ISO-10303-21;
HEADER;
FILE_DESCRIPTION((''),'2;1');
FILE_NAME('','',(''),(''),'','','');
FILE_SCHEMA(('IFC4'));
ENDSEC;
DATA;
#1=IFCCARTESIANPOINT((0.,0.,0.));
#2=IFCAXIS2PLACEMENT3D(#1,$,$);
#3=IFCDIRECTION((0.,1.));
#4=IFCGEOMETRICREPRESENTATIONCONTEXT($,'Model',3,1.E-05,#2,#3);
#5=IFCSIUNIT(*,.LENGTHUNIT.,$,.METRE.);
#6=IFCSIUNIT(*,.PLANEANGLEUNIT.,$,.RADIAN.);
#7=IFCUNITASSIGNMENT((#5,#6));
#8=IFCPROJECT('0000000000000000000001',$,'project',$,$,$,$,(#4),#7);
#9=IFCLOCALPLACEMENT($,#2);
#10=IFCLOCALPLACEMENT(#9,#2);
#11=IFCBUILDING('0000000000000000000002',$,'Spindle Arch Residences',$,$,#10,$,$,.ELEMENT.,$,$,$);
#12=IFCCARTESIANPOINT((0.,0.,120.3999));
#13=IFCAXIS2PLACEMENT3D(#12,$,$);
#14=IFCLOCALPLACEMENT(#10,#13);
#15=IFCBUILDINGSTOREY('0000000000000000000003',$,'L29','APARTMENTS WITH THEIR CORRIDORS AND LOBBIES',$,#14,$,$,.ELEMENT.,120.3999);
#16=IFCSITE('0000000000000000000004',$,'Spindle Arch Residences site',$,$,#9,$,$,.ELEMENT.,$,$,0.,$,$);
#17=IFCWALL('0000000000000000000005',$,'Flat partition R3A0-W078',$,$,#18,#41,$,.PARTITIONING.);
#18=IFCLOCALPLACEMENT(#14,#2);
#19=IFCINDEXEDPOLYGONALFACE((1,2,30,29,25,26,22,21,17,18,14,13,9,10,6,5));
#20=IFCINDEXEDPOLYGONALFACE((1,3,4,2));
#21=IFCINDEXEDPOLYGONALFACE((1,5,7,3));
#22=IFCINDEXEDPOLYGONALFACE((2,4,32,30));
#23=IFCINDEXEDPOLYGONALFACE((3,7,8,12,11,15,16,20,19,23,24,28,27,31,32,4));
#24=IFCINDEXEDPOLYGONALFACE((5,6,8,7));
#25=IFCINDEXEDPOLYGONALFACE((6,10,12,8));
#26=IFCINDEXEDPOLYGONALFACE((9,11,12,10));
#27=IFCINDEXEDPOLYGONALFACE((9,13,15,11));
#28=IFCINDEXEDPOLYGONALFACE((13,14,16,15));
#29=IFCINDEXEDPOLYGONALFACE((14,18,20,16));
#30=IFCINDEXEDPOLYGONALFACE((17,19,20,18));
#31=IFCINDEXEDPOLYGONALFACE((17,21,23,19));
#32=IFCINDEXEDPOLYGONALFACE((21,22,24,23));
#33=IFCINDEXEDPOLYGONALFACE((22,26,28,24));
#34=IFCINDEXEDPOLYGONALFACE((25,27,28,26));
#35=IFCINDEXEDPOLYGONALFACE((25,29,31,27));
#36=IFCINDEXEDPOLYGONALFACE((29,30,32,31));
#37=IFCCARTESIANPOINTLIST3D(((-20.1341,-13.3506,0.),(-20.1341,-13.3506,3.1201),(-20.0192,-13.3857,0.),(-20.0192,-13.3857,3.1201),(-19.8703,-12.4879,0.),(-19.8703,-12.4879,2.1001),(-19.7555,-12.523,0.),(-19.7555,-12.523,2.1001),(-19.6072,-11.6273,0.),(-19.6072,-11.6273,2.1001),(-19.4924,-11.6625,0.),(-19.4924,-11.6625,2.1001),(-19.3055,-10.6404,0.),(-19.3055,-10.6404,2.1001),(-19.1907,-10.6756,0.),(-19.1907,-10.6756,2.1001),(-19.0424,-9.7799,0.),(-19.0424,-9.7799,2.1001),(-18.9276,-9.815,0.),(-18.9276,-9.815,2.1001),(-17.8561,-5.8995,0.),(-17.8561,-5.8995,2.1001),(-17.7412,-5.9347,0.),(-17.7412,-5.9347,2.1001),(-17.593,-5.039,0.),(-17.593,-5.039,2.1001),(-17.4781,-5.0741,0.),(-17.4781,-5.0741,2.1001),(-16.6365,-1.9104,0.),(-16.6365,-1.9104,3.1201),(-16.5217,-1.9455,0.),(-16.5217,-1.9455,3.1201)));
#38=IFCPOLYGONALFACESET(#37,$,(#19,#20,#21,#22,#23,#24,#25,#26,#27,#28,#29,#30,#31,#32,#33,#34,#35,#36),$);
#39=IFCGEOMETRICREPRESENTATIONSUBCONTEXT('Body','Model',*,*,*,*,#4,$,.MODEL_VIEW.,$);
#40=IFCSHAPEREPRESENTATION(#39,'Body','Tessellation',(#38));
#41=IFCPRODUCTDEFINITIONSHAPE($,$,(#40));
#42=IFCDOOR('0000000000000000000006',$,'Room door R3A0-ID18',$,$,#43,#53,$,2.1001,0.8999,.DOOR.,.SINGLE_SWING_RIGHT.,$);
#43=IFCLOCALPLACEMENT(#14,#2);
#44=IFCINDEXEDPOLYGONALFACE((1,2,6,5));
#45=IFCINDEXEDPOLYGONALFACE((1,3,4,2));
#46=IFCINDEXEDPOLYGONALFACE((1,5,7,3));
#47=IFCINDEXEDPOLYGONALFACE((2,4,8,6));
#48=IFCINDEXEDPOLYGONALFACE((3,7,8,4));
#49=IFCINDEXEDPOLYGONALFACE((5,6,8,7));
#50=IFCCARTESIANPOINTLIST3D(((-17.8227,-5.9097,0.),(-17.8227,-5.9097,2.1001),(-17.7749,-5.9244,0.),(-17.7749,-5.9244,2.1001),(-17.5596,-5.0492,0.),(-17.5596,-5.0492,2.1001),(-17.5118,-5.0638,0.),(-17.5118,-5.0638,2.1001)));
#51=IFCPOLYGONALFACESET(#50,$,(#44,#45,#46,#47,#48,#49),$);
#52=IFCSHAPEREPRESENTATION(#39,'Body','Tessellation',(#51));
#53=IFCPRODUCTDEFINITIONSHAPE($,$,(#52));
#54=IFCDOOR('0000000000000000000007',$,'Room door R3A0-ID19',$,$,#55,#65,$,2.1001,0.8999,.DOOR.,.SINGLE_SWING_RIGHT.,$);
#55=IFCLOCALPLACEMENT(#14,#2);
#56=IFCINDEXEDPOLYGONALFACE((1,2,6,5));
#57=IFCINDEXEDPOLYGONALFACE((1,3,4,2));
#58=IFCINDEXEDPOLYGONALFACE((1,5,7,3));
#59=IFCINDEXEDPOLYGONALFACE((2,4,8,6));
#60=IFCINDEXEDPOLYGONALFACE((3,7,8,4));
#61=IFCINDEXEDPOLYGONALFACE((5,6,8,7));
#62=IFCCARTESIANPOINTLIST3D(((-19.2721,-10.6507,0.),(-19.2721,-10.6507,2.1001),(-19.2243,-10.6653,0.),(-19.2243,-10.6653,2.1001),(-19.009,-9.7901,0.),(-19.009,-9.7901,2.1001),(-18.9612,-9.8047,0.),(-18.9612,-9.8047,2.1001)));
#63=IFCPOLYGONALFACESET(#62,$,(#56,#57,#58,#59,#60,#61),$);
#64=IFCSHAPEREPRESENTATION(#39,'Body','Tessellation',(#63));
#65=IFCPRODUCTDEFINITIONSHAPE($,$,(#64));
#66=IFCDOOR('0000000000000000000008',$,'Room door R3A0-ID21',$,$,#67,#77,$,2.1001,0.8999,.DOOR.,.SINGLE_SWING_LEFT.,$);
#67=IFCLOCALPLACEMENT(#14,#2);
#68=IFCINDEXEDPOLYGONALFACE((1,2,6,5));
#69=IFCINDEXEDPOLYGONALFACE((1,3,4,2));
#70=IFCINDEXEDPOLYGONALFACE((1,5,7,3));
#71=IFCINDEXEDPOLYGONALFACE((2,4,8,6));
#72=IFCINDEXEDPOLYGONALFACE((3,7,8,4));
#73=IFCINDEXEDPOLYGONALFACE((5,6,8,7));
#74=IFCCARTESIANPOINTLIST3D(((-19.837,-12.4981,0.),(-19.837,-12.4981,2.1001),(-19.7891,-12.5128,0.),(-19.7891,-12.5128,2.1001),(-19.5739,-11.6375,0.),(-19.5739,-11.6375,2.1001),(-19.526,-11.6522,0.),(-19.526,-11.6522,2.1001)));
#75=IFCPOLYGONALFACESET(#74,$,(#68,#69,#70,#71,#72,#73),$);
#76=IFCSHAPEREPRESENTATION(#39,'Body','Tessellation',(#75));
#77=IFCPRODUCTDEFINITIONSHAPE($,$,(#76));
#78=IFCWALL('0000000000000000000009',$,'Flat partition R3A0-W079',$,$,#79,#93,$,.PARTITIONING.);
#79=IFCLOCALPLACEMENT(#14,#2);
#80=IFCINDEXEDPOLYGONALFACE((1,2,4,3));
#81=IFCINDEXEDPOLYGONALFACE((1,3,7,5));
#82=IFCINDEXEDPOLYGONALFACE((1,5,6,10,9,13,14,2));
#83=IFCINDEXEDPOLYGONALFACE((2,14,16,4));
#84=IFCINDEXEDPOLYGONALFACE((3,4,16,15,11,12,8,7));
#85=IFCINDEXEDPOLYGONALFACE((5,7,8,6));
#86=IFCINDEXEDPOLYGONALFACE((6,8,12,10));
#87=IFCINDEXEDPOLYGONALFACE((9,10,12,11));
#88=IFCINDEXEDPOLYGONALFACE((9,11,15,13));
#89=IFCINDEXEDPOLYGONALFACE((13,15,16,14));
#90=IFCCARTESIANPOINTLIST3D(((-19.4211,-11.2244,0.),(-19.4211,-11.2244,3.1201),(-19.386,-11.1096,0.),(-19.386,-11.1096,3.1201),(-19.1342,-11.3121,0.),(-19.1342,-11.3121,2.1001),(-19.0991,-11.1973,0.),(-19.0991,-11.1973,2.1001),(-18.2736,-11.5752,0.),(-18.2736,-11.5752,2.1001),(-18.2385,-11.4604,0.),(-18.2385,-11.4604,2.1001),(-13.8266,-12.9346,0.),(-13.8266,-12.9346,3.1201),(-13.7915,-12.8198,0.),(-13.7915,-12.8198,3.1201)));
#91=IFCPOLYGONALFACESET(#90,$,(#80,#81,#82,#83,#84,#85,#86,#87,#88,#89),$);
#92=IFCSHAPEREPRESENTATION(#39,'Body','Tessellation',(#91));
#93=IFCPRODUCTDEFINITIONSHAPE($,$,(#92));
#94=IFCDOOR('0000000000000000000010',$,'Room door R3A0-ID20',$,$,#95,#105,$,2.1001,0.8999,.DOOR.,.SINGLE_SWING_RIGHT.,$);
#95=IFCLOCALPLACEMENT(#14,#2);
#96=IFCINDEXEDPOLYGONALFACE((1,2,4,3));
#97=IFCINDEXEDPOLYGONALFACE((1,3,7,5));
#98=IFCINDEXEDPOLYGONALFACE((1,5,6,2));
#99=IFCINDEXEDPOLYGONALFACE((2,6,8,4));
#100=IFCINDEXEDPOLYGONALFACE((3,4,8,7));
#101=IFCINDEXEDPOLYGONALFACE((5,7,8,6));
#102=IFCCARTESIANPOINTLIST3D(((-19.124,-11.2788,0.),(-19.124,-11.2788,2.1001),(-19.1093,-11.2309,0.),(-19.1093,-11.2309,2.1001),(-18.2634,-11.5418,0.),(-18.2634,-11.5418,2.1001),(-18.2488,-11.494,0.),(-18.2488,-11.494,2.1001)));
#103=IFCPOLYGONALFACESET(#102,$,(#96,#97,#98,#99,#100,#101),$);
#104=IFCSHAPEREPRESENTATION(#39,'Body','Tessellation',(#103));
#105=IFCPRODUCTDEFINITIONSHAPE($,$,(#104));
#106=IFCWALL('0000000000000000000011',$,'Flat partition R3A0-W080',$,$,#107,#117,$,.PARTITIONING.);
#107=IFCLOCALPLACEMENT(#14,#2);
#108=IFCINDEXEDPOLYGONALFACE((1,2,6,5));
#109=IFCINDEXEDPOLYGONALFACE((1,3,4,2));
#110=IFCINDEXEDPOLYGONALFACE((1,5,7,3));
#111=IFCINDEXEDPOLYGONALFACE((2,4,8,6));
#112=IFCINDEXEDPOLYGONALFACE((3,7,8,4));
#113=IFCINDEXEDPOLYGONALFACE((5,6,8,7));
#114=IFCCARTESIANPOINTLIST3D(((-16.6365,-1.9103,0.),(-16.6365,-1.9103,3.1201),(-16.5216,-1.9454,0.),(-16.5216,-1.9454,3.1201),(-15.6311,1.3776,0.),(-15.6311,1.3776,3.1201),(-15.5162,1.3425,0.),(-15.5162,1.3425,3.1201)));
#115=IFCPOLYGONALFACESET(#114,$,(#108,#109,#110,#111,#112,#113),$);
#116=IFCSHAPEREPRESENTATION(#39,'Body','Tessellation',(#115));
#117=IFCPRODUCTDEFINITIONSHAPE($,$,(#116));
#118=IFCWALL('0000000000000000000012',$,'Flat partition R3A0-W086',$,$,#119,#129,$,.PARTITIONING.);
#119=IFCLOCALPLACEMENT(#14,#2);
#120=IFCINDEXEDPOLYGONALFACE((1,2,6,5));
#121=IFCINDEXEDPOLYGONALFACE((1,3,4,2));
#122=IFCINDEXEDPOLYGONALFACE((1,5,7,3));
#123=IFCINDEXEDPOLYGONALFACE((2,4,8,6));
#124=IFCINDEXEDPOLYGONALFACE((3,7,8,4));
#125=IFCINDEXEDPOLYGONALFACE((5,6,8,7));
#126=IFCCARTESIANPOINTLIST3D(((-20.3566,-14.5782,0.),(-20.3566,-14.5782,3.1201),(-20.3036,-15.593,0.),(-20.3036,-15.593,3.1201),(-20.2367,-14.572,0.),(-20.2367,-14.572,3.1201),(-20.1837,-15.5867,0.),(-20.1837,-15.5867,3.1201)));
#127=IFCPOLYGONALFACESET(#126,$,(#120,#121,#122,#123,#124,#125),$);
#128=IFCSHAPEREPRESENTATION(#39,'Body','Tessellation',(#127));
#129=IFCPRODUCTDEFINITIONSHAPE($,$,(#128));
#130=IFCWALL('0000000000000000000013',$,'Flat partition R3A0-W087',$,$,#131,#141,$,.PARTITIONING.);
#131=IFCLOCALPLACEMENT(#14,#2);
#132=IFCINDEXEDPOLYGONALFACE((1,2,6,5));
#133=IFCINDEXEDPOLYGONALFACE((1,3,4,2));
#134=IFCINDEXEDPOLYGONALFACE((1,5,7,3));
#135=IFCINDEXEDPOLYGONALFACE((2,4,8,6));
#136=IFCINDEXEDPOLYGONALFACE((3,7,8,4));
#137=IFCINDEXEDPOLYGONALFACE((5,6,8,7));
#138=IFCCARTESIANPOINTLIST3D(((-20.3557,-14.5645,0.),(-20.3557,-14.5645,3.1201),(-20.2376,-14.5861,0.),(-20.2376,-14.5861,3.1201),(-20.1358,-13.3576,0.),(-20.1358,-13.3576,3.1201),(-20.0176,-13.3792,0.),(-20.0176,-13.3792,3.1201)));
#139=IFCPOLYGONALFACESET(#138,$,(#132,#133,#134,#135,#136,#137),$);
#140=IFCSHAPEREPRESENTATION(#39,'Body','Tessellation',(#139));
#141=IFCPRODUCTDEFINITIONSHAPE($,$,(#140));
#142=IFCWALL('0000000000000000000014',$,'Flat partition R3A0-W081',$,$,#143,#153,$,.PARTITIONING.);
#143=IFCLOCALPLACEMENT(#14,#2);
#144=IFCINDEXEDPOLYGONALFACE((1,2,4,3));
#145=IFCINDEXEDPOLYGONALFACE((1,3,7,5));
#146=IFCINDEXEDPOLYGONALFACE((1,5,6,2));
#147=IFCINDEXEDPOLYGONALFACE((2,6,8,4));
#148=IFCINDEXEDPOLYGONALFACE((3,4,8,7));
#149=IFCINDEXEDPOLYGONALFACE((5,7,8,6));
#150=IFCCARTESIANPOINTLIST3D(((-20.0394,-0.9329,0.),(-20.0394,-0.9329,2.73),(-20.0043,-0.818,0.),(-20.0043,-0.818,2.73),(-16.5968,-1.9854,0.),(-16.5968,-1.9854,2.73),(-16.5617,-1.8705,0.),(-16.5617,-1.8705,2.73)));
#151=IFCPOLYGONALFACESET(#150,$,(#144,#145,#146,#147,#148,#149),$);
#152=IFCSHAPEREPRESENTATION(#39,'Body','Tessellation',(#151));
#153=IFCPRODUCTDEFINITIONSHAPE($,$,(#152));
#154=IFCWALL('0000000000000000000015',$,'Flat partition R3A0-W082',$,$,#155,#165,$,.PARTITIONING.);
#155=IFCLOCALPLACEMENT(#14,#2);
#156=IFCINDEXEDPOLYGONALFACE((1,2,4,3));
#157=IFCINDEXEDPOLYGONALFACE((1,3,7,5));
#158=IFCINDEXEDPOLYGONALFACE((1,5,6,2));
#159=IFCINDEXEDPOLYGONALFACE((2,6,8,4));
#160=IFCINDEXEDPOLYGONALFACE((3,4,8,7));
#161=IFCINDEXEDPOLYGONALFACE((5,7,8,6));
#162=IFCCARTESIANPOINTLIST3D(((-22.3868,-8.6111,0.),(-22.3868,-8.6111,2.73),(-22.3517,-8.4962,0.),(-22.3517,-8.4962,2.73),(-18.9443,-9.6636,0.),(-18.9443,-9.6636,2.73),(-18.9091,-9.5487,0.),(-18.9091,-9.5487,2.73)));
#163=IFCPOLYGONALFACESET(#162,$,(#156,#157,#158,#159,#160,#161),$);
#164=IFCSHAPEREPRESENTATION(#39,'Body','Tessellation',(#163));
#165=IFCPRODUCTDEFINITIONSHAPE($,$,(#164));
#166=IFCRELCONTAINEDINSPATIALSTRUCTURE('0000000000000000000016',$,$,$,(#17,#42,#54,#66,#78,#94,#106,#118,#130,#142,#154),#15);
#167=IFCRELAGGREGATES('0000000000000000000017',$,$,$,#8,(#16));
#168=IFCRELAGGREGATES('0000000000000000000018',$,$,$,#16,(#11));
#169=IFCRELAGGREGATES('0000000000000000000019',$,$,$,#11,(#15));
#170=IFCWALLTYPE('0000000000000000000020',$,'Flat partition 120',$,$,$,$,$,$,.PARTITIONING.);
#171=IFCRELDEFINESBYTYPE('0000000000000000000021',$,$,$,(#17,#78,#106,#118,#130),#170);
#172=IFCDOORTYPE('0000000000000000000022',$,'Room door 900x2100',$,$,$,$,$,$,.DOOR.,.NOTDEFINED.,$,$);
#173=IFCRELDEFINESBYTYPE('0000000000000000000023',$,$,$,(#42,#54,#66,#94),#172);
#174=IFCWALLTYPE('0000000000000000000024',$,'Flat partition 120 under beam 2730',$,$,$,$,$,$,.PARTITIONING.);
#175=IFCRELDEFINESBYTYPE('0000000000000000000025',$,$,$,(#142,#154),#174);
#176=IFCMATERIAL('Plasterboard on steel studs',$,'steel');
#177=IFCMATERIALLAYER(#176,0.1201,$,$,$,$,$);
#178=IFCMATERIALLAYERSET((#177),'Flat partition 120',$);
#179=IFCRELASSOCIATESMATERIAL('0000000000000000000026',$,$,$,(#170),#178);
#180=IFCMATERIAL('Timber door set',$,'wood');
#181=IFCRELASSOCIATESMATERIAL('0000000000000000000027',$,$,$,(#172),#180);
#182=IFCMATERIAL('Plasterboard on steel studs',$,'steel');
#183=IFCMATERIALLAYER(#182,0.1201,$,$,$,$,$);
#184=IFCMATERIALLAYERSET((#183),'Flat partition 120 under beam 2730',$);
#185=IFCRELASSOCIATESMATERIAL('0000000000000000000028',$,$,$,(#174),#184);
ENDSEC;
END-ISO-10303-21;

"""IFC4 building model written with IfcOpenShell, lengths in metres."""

from ifc_helpers import new_model, si_unit, direction, frame, frame_2d, origin, place, context, subcontext, project, spatial, rectangle, extrude, material, layer, layer_set, type_object, element, fill, save


model = new_model("IFC4")

# Units and contexts
model_context = context("Model", 3, precision=1e-05, world=origin(), true_north=direction((0.0, 1.0)))
body_context = subcontext(model_context, "Body", "Model", "MODEL_VIEW")
ifc_project = project(units=[si_unit("LENGTHUNIT", "METRE"), si_unit("PLANEANGLEUNIT", "RADIAN")], contexts=[model_context])

# Site, building, storey
site_placement = place(None, origin())
site = spatial("IfcSite", under=ifc_project, at=site_placement, Name="Spindle Arch Residences site", CompositionType="ELEMENT", RefElevation=0.0)
building_placement = place(site_placement, origin())
building = spatial("IfcBuilding", under=site, at=building_placement, Name="Spindle Arch Residences", CompositionType="ELEMENT")
storey_placement = place(building_placement, frame((0.0, 0.0, 120.3999)))
storey = spatial("IfcBuildingStorey", under=building, at=storey_placement, Name="L29", Description="APARTMENTS WITH THEIR CORRIDORS AND LOBBIES", CompositionType="ELEMENT", Elevation=120.3999)

# Wall, openings, doors
ifc_material_1 = material(Name="Plasterboard on steel studs", Category="steel")
ifc_layer_1 = layer(ifc_material_1, 0.1201)
ifc_layer_set_1 = layer_set([ifc_layer_1], Name="Flat partition 120")
wall_type_1 = type_object("IfcWallType", Name="Flat partition 120", PredefinedType="PARTITIONING", material=ifc_layer_set_1)
wall_1_placement = place(storey_placement, frame((-16.5791, -1.928, 0.0), z_axis=(0.0, 0.0, 1.0), x_axis=(-0.292367, -0.956306, 0.0)))
wall_1 = element("IfcWall", 1, at=wall_1_placement, inside=storey, type_object=wall_type_1, Name="Flat partition R3A0-W078", PredefinedType="PARTITIONING", context=body_context, shape_type="SweptSolid", body=[
    extrude(rectangle(XDim=11.9629, YDim=0.1201, at=frame_2d((5.9814, 0.0))), origin(), (0.0, 0.0, 1.0), 3.1201),
])
opening_1_placement = place(wall_1_placement, frame((3.2715, 0.0, 0.0)))
opening_1 = element("IfcOpeningElement", 2, at=opening_1_placement, cuts=wall_1, PredefinedType="OPENING", context=body_context, shape_type="SweptSolid", body=[
    extrude(rectangle(XDim=0.8999, YDim=2.1001, at=frame_2d((0.45, 1.05))), frame((0.0, 0.0701, 0.0), z_axis=(0.0, -1.0, 0.0), x_axis=(1.0, 0.0, 0.0)), (0.0, 0.0, 1.0), 0.1401),
])
opening_2_placement = place(wall_1_placement, frame((8.229, 0.0, 0.0)))
opening_2 = element("IfcOpeningElement", 3, at=opening_2_placement, cuts=wall_1, PredefinedType="OPENING", context=body_context, shape_type="SweptSolid", body=[
    extrude(rectangle(XDim=0.8999, YDim=2.1001, at=frame_2d((0.45, 1.05))), frame((0.0, 0.0701, 0.0), z_axis=(0.0, -1.0, 0.0), x_axis=(1.0, 0.0, 0.0)), (0.0, 0.0, 1.0), 0.1401),
])
opening_3_placement = place(wall_1_placement, frame((10.1609, 0.0, 0.0)))
opening_3 = element("IfcOpeningElement", 4, at=opening_3_placement, cuts=wall_1, PredefinedType="OPENING", context=body_context, shape_type="SweptSolid", body=[
    extrude(rectangle(XDim=0.8999, YDim=2.1001, at=frame_2d((0.45, 1.05))), frame((0.0, 0.0701, 0.0), z_axis=(0.0, -1.0, 0.0), x_axis=(1.0, 0.0, 0.0)), (0.0, 0.0, 1.0), 0.1401),
])
ifc_material_2 = material(Name="Timber door set", Category="wood")
door_type = type_object("IfcDoorType", Name="Room door 900x2100", OperationType="NOTDEFINED", PredefinedType="DOOR", material=ifc_material_2)
door_1_placement = place(opening_1_placement, origin())
door_1 = element("IfcDoor", 5, at=door_1_placement, inside=storey, type_object=door_type, Name="Room door R3A0-ID18", OperationType="SINGLE_SWING_RIGHT", OverallHeight=2.1001, OverallWidth=0.8999, PredefinedType="DOOR", context=body_context, shape_type="SweptSolid", body=[
    extrude(rectangle(XDim=0.8999, YDim=2.1001, at=frame_2d((0.45, 1.05))), frame((0.0, 0.0249, 0.0), z_axis=(0.0, -1.0, 0.0), x_axis=(1.0, 0.0, 0.0)), (0.0, 0.0, 1.0), 0.05),
])
fill(opening_1, door_1)
door_2_placement = place(opening_2_placement, origin())
door_2 = element("IfcDoor", 6, at=door_2_placement, inside=storey, type_object=door_type, Name="Room door R3A0-ID19", OperationType="SINGLE_SWING_RIGHT", OverallHeight=2.1001, OverallWidth=0.8999, PredefinedType="DOOR", context=body_context, shape_type="SweptSolid", body=[
    extrude(rectangle(XDim=0.8999, YDim=2.1001, at=frame_2d((0.45, 1.05))), frame((0.0, 0.0249, 0.0), z_axis=(0.0, -1.0, 0.0), x_axis=(1.0, 0.0, 0.0)), (0.0, 0.0, 1.0), 0.05),
])
fill(opening_2, door_2)
door_3_placement = place(opening_3_placement, origin())
door_3 = element("IfcDoor", 7, at=door_3_placement, inside=storey, type_object=door_type, Name="Room door R3A0-ID21", OperationType="SINGLE_SWING_LEFT", OverallHeight=2.1001, OverallWidth=0.8999, PredefinedType="DOOR", context=body_context, shape_type="SweptSolid", body=[
    extrude(rectangle(XDim=0.8999, YDim=2.1001, at=frame_2d((0.45, 1.05))), frame((0.0, 0.0249, 0.0), z_axis=(0.0, -1.0, 0.0), x_axis=(1.0, 0.0, 0.0)), (0.0, 0.0, 1.0), 0.05),
])
fill(opening_3, door_3)

# Wall, opening, door
wall_2_placement = place(storey_placement, frame((-19.4036, -11.167, 0.0), z_axis=(0.0, 0.0, 1.0), x_axis=(0.956314, -0.29234, 0.0)))
wall_2 = element("IfcWall", 8, at=wall_2_placement, inside=storey, type_object=wall_type_1, Name="Flat partition R3A0-W079", PredefinedType="PARTITIONING", context=body_context, shape_type="SweptSolid", body=[
    extrude(rectangle(XDim=5.8501, YDim=0.1201, at=frame_2d((2.925, 0.0))), origin(), (0.0, 0.0, 1.0), 3.1201),
])
opening_4_placement = place(wall_2_placement, frame((0.3, 0.0, 0.0)))
opening_4 = element("IfcOpeningElement", 9, at=opening_4_placement, cuts=wall_2, PredefinedType="OPENING", context=body_context, shape_type="SweptSolid", body=[
    extrude(rectangle(XDim=0.8999, YDim=2.1001, at=frame_2d((0.45, 1.05))), frame((0.0, 0.0701, 0.0), z_axis=(0.0, -1.0, 0.0), x_axis=(1.0, 0.0, 0.0)), (0.0, 0.0, 1.0), 0.1401),
])
door_4_placement = place(opening_4_placement, origin())
door_4 = element("IfcDoor", 10, at=door_4_placement, inside=storey, type_object=door_type, Name="Room door R3A0-ID20", OperationType="SINGLE_SWING_RIGHT", OverallHeight=2.1001, OverallWidth=0.8999, PredefinedType="DOOR", context=body_context, shape_type="SweptSolid", body=[
    extrude(rectangle(XDim=0.8999, YDim=2.1001, at=frame_2d((0.45, 1.05))), frame((0.0, 0.0249, 0.0), z_axis=(0.0, -1.0, 0.0), x_axis=(1.0, 0.0, 0.0)), (0.0, 0.0, 1.0), 0.05),
])
fill(opening_4, door_4)

# Walls
wall_3_placement = place(storey_placement, frame((-16.5791, -1.928, 0.0), z_axis=(0.0, 0.0, 1.0), x_axis=(0.292419, 0.95629, 0.0)))
element("IfcWall", 11, at=wall_3_placement, inside=storey, type_object=wall_type_1, Name="Flat partition R3A0-W080", PredefinedType="PARTITIONING", context=body_context, shape_type="SweptSolid", body=[
    extrude(rectangle(XDim=3.4382, YDim=0.1201, at=frame_2d((1.7192, 0.0))), origin(), (0.0, 0.0, 1.0), 3.1201),
])
wall_4_placement = place(storey_placement, frame((-20.2437, -15.5898, 0.0), z_axis=(0.0, 0.0, 1.0), x_axis=(-0.052143, 0.99864, 0.0)))
element("IfcWall", 12, at=wall_4_placement, inside=storey, type_object=wall_type_1, Name="Flat partition R3A0-W086", PredefinedType="PARTITIONING", context=body_context, shape_type="SweptSolid", body=[
    extrude(rectangle(XDim=1.0161, YDim=0.1201, at=frame_2d((0.5081, 0.0))), origin(), (0.0, 0.0, 1.0), 3.1201),
])
wall_5_placement = place(storey_placement, frame((-20.2966, -14.5752, 0.0), z_axis=(0.0, 0.0, 1.0), x_axis=(0.179288, 0.983797, 0.0)))
element("IfcWall", 13, at=wall_5_placement, inside=storey, type_object=wall_type_1, Name="Flat partition R3A0-W087", PredefinedType="PARTITIONING", context=body_context, shape_type="SweptSolid", body=[
    extrude(rectangle(XDim=1.2268, YDim=0.1201, at=frame_2d((0.6133, 0.0))), origin(), (0.0, 0.0, 1.0), 3.1201),
])
ifc_material_3 = material(Name="Plasterboard on steel studs", Category="steel")
ifc_layer_2 = layer(ifc_material_3, 0.1201)
ifc_layer_set_2 = layer_set([ifc_layer_2], Name="Flat partition 120 under beam 2730")
wall_type_2 = type_object("IfcWallType", Name="Flat partition 120 under beam 2730", PredefinedType="PARTITIONING", material=ifc_layer_set_2)
for number, where, z_axis, x_axis, name in (
    (14, (-20.0217, -0.8755, 0.0), (0.0, 0.0, 1.0), (0.956307, -0.292365, 0.0), "Flat partition R3A0-W081"),
    (15, (-22.3691, -8.5537, 0.0), (0.0, 0.0, 1.0), (0.956307, -0.292365, 0.0), "Flat partition R3A0-W082"),
):
    element("IfcWall", number, at=place(storey_placement, frame(where, z_axis=z_axis, x_axis=x_axis)), inside=storey, type_object=wall_type_2, Name=name, PredefinedType="PARTITIONING", context=body_context, shape_type="SweptSolid", body=[
        extrude(rectangle(XDim=3.5999, YDim=0.1201, at=frame_2d((1.7998, 0.0))), origin(), (0.0, 0.0, 1.0), 2.73),
    ])

save(model, "model.ifc")
